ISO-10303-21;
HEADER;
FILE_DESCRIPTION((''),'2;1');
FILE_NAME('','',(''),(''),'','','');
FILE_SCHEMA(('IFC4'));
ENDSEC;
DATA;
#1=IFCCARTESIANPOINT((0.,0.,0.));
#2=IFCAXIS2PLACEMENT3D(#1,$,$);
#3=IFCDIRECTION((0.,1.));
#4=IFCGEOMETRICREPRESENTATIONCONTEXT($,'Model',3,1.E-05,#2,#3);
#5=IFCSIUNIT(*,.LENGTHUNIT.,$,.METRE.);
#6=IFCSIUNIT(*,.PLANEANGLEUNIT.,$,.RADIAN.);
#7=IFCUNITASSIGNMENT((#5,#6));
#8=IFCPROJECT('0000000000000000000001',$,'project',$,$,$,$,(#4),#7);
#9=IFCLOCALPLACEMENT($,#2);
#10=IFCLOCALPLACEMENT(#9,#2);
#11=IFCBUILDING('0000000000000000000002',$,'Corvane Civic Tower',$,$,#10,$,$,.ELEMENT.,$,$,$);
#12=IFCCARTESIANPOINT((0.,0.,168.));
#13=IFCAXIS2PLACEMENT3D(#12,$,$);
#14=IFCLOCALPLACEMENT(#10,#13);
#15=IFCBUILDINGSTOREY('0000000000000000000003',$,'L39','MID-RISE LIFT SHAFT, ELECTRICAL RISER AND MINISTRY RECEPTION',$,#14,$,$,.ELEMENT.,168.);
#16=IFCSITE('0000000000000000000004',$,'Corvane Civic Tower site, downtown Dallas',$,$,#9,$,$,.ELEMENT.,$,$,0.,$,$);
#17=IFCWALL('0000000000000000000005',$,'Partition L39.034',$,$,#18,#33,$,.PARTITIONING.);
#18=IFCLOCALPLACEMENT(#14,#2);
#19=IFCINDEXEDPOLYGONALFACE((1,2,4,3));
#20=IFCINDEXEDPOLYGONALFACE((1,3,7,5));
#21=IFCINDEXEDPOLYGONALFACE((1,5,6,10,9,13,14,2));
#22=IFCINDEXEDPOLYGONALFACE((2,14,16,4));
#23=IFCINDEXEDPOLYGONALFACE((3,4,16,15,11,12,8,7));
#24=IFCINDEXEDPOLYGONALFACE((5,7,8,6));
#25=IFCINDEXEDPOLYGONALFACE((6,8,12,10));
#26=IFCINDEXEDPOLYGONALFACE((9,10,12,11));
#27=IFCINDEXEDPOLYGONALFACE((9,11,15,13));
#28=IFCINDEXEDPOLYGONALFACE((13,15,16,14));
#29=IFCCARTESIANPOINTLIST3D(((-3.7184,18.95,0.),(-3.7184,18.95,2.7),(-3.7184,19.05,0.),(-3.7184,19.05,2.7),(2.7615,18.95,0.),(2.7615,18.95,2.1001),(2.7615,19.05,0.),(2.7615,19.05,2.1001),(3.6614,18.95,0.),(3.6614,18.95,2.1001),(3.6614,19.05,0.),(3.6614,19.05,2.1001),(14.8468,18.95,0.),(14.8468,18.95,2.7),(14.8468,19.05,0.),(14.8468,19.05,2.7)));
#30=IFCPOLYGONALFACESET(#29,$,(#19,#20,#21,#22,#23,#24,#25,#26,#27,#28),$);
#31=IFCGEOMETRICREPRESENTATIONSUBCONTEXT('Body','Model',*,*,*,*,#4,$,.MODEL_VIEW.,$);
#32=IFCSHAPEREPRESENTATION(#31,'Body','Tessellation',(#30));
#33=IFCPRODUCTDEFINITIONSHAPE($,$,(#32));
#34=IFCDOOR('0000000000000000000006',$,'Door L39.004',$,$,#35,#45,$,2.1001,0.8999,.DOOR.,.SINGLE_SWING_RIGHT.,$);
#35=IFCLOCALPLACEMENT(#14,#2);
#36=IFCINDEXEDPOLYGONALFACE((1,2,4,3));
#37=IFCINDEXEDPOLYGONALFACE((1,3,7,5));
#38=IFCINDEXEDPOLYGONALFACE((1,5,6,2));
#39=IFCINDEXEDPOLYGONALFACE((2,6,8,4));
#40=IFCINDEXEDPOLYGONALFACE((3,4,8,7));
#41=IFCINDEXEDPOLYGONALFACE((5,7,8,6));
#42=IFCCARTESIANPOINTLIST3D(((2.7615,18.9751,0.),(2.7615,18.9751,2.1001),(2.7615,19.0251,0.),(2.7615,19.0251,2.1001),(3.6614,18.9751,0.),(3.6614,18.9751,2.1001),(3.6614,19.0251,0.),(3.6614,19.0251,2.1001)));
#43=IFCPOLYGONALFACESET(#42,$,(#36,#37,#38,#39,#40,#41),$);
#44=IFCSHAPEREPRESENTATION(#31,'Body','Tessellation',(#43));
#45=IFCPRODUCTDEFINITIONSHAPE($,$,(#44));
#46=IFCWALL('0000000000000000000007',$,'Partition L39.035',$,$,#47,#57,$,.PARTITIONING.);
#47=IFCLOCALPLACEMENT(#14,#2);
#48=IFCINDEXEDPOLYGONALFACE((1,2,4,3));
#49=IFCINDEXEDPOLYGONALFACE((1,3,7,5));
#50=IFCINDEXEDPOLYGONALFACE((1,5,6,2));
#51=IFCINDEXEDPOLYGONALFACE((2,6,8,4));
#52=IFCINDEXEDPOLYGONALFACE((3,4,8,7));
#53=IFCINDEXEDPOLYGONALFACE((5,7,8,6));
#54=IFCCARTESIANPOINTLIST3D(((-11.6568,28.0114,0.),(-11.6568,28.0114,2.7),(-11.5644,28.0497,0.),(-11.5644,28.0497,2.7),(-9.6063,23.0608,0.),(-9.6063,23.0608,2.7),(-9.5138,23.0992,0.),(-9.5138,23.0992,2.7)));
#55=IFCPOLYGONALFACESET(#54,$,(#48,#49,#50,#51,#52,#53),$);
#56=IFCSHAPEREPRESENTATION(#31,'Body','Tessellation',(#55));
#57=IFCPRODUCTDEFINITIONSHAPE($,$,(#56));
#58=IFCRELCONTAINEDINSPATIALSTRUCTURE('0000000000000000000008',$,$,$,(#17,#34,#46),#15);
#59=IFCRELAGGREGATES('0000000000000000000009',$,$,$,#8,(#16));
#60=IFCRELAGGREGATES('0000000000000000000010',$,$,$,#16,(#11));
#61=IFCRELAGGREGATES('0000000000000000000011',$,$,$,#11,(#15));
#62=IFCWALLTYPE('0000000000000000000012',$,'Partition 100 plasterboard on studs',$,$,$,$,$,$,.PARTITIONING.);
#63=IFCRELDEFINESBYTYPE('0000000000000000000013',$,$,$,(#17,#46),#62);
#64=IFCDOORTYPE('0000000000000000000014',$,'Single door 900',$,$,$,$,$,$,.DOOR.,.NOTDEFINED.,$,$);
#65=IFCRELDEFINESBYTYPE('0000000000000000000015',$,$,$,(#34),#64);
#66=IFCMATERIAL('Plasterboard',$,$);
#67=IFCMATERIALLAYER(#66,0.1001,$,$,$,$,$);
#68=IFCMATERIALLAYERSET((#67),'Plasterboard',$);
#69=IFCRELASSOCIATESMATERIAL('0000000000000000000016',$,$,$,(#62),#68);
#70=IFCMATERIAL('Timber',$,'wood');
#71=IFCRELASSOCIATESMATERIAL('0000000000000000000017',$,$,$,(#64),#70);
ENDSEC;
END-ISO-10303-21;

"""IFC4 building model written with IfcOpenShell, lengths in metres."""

from ifc_helpers import new_model, si_unit, direction, frame, frame_2d, origin, place, context, subcontext, project, spatial, rectangle, extrude, material, layer, layer_set, type_object, element, fill, save


model = new_model("IFC4")

# Units and contexts
model_context = context("Model", 3, precision=1e-05, world=origin(), true_north=direction((0.0, 1.0)))
body_context = subcontext(model_context, "Body", "Model", "MODEL_VIEW")
ifc_project = project(units=[si_unit("LENGTHUNIT", "METRE"), si_unit("PLANEANGLEUNIT", "RADIAN")], contexts=[model_context])

# Site, building, storey
site_placement = place(None, origin())
site = spatial("IfcSite", under=ifc_project, at=site_placement, Name="Corvane Civic Tower site, downtown Dallas", CompositionType="ELEMENT", RefElevation=0.0)
building_placement = place(site_placement, origin())
building = spatial("IfcBuilding", under=site, at=building_placement, Name="Corvane Civic Tower", CompositionType="ELEMENT")
storey_placement = place(building_placement, frame((0.0, 0.0, 168.0)))
storey = spatial("IfcBuildingStorey", under=building, at=storey_placement, Name="L39", Description="MID-RISE LIFT SHAFT, ELECTRICAL RISER AND MINISTRY RECEPTION", CompositionType="ELEMENT", Elevation=168.0)

# Shared definitions
ifc_material_1 = material(Name="Plasterboard")
ifc_layer_1 = layer(ifc_material_1, 0.1001)
ifc_layer_set_1 = layer_set([ifc_layer_1], Name="Plasterboard")
wall_type_1 = type_object("IfcWallType", Name="Partition 100 plasterboard on studs", PredefinedType="PARTITIONING", material=ifc_layer_set_1)

# Wall, opening, door
wall_1_placement = place(storey_placement, frame((-3.7185, 19.0, 0.0), z_axis=(0.0, 0.0, 1.0), x_axis=(1.0, 0.0, 0.0)))
wall_1 = element("IfcWall", 1, at=wall_1_placement, inside=storey, type_object=wall_type_1, Name="Partition L39.034", PredefinedType="PARTITIONING", context=body_context, shape_type="SweptSolid", body=[
    extrude(rectangle(XDim=18.5652, YDim=0.1001, at=frame_2d((9.2827, 0.0))), origin(), (0.0, 0.0, 1.0), 2.7),
])
opening_1_placement = place(wall_1_placement, frame((6.48, 0.0, 0.0)))
opening_1 = element("IfcOpeningElement", 2, at=opening_1_placement, cuts=wall_1, PredefinedType="OPENING", context=body_context, shape_type="SweptSolid", body=[
    extrude(rectangle(XDim=0.8999, YDim=2.1001, at=frame_2d((0.45, 1.05))), frame((0.0, 0.0601, 0.0), z_axis=(0.0, -1.0, 0.0), x_axis=(1.0, 0.0, 0.0)), (0.0, 0.0, 1.0), 0.1201),
])
ifc_material_2 = material(Name="Timber", Category="wood")
door_type_1 = type_object("IfcDoorType", Name="Single door 900", OperationType="NOTDEFINED", PredefinedType="DOOR", material=ifc_material_2)
door_1_placement = place(opening_1_placement, frame((0.8999, 0.0, 0.0), z_axis=(0.0, 0.0, 1.0), x_axis=(-1.0, 0.0, 0.0)))
door_1 = element("IfcDoor", 3, at=door_1_placement, inside=storey, type_object=door_type_1, Name="Door L39.004", OperationType="SINGLE_SWING_RIGHT", OverallHeight=2.1001, OverallWidth=0.8999, PredefinedType="DOOR", context=body_context, shape_type="SweptSolid", body=[
    extrude(rectangle(XDim=0.8999, YDim=2.1001, at=frame_2d((0.45, 1.05))), frame((0.0, 0.0249, 0.0), z_axis=(0.0, -1.0, 0.0), x_axis=(1.0, 0.0, 0.0)), (0.0, 0.0, 1.0), 0.05),
])
fill(opening_1, door_1)

# Wall
wall_2_placement = place(storey_placement, frame((-11.6106, 28.0305, 0.0), z_axis=(0.0, 0.0, 1.0), x_axis=(0.382683, -0.92388, 0.0)))
element("IfcWall", 4, at=wall_2_placement, inside=storey, type_object=wall_type_1, Name="Partition L39.035", PredefinedType="PARTITIONING", context=body_context, shape_type="SweptSolid", body=[
    extrude(rectangle(XDim=5.3584, YDim=0.1001, at=frame_2d((2.6792, 0.0))), origin(), (0.0, 0.0, 1.0), 2.7),
])

save(model, "model.ifc")
